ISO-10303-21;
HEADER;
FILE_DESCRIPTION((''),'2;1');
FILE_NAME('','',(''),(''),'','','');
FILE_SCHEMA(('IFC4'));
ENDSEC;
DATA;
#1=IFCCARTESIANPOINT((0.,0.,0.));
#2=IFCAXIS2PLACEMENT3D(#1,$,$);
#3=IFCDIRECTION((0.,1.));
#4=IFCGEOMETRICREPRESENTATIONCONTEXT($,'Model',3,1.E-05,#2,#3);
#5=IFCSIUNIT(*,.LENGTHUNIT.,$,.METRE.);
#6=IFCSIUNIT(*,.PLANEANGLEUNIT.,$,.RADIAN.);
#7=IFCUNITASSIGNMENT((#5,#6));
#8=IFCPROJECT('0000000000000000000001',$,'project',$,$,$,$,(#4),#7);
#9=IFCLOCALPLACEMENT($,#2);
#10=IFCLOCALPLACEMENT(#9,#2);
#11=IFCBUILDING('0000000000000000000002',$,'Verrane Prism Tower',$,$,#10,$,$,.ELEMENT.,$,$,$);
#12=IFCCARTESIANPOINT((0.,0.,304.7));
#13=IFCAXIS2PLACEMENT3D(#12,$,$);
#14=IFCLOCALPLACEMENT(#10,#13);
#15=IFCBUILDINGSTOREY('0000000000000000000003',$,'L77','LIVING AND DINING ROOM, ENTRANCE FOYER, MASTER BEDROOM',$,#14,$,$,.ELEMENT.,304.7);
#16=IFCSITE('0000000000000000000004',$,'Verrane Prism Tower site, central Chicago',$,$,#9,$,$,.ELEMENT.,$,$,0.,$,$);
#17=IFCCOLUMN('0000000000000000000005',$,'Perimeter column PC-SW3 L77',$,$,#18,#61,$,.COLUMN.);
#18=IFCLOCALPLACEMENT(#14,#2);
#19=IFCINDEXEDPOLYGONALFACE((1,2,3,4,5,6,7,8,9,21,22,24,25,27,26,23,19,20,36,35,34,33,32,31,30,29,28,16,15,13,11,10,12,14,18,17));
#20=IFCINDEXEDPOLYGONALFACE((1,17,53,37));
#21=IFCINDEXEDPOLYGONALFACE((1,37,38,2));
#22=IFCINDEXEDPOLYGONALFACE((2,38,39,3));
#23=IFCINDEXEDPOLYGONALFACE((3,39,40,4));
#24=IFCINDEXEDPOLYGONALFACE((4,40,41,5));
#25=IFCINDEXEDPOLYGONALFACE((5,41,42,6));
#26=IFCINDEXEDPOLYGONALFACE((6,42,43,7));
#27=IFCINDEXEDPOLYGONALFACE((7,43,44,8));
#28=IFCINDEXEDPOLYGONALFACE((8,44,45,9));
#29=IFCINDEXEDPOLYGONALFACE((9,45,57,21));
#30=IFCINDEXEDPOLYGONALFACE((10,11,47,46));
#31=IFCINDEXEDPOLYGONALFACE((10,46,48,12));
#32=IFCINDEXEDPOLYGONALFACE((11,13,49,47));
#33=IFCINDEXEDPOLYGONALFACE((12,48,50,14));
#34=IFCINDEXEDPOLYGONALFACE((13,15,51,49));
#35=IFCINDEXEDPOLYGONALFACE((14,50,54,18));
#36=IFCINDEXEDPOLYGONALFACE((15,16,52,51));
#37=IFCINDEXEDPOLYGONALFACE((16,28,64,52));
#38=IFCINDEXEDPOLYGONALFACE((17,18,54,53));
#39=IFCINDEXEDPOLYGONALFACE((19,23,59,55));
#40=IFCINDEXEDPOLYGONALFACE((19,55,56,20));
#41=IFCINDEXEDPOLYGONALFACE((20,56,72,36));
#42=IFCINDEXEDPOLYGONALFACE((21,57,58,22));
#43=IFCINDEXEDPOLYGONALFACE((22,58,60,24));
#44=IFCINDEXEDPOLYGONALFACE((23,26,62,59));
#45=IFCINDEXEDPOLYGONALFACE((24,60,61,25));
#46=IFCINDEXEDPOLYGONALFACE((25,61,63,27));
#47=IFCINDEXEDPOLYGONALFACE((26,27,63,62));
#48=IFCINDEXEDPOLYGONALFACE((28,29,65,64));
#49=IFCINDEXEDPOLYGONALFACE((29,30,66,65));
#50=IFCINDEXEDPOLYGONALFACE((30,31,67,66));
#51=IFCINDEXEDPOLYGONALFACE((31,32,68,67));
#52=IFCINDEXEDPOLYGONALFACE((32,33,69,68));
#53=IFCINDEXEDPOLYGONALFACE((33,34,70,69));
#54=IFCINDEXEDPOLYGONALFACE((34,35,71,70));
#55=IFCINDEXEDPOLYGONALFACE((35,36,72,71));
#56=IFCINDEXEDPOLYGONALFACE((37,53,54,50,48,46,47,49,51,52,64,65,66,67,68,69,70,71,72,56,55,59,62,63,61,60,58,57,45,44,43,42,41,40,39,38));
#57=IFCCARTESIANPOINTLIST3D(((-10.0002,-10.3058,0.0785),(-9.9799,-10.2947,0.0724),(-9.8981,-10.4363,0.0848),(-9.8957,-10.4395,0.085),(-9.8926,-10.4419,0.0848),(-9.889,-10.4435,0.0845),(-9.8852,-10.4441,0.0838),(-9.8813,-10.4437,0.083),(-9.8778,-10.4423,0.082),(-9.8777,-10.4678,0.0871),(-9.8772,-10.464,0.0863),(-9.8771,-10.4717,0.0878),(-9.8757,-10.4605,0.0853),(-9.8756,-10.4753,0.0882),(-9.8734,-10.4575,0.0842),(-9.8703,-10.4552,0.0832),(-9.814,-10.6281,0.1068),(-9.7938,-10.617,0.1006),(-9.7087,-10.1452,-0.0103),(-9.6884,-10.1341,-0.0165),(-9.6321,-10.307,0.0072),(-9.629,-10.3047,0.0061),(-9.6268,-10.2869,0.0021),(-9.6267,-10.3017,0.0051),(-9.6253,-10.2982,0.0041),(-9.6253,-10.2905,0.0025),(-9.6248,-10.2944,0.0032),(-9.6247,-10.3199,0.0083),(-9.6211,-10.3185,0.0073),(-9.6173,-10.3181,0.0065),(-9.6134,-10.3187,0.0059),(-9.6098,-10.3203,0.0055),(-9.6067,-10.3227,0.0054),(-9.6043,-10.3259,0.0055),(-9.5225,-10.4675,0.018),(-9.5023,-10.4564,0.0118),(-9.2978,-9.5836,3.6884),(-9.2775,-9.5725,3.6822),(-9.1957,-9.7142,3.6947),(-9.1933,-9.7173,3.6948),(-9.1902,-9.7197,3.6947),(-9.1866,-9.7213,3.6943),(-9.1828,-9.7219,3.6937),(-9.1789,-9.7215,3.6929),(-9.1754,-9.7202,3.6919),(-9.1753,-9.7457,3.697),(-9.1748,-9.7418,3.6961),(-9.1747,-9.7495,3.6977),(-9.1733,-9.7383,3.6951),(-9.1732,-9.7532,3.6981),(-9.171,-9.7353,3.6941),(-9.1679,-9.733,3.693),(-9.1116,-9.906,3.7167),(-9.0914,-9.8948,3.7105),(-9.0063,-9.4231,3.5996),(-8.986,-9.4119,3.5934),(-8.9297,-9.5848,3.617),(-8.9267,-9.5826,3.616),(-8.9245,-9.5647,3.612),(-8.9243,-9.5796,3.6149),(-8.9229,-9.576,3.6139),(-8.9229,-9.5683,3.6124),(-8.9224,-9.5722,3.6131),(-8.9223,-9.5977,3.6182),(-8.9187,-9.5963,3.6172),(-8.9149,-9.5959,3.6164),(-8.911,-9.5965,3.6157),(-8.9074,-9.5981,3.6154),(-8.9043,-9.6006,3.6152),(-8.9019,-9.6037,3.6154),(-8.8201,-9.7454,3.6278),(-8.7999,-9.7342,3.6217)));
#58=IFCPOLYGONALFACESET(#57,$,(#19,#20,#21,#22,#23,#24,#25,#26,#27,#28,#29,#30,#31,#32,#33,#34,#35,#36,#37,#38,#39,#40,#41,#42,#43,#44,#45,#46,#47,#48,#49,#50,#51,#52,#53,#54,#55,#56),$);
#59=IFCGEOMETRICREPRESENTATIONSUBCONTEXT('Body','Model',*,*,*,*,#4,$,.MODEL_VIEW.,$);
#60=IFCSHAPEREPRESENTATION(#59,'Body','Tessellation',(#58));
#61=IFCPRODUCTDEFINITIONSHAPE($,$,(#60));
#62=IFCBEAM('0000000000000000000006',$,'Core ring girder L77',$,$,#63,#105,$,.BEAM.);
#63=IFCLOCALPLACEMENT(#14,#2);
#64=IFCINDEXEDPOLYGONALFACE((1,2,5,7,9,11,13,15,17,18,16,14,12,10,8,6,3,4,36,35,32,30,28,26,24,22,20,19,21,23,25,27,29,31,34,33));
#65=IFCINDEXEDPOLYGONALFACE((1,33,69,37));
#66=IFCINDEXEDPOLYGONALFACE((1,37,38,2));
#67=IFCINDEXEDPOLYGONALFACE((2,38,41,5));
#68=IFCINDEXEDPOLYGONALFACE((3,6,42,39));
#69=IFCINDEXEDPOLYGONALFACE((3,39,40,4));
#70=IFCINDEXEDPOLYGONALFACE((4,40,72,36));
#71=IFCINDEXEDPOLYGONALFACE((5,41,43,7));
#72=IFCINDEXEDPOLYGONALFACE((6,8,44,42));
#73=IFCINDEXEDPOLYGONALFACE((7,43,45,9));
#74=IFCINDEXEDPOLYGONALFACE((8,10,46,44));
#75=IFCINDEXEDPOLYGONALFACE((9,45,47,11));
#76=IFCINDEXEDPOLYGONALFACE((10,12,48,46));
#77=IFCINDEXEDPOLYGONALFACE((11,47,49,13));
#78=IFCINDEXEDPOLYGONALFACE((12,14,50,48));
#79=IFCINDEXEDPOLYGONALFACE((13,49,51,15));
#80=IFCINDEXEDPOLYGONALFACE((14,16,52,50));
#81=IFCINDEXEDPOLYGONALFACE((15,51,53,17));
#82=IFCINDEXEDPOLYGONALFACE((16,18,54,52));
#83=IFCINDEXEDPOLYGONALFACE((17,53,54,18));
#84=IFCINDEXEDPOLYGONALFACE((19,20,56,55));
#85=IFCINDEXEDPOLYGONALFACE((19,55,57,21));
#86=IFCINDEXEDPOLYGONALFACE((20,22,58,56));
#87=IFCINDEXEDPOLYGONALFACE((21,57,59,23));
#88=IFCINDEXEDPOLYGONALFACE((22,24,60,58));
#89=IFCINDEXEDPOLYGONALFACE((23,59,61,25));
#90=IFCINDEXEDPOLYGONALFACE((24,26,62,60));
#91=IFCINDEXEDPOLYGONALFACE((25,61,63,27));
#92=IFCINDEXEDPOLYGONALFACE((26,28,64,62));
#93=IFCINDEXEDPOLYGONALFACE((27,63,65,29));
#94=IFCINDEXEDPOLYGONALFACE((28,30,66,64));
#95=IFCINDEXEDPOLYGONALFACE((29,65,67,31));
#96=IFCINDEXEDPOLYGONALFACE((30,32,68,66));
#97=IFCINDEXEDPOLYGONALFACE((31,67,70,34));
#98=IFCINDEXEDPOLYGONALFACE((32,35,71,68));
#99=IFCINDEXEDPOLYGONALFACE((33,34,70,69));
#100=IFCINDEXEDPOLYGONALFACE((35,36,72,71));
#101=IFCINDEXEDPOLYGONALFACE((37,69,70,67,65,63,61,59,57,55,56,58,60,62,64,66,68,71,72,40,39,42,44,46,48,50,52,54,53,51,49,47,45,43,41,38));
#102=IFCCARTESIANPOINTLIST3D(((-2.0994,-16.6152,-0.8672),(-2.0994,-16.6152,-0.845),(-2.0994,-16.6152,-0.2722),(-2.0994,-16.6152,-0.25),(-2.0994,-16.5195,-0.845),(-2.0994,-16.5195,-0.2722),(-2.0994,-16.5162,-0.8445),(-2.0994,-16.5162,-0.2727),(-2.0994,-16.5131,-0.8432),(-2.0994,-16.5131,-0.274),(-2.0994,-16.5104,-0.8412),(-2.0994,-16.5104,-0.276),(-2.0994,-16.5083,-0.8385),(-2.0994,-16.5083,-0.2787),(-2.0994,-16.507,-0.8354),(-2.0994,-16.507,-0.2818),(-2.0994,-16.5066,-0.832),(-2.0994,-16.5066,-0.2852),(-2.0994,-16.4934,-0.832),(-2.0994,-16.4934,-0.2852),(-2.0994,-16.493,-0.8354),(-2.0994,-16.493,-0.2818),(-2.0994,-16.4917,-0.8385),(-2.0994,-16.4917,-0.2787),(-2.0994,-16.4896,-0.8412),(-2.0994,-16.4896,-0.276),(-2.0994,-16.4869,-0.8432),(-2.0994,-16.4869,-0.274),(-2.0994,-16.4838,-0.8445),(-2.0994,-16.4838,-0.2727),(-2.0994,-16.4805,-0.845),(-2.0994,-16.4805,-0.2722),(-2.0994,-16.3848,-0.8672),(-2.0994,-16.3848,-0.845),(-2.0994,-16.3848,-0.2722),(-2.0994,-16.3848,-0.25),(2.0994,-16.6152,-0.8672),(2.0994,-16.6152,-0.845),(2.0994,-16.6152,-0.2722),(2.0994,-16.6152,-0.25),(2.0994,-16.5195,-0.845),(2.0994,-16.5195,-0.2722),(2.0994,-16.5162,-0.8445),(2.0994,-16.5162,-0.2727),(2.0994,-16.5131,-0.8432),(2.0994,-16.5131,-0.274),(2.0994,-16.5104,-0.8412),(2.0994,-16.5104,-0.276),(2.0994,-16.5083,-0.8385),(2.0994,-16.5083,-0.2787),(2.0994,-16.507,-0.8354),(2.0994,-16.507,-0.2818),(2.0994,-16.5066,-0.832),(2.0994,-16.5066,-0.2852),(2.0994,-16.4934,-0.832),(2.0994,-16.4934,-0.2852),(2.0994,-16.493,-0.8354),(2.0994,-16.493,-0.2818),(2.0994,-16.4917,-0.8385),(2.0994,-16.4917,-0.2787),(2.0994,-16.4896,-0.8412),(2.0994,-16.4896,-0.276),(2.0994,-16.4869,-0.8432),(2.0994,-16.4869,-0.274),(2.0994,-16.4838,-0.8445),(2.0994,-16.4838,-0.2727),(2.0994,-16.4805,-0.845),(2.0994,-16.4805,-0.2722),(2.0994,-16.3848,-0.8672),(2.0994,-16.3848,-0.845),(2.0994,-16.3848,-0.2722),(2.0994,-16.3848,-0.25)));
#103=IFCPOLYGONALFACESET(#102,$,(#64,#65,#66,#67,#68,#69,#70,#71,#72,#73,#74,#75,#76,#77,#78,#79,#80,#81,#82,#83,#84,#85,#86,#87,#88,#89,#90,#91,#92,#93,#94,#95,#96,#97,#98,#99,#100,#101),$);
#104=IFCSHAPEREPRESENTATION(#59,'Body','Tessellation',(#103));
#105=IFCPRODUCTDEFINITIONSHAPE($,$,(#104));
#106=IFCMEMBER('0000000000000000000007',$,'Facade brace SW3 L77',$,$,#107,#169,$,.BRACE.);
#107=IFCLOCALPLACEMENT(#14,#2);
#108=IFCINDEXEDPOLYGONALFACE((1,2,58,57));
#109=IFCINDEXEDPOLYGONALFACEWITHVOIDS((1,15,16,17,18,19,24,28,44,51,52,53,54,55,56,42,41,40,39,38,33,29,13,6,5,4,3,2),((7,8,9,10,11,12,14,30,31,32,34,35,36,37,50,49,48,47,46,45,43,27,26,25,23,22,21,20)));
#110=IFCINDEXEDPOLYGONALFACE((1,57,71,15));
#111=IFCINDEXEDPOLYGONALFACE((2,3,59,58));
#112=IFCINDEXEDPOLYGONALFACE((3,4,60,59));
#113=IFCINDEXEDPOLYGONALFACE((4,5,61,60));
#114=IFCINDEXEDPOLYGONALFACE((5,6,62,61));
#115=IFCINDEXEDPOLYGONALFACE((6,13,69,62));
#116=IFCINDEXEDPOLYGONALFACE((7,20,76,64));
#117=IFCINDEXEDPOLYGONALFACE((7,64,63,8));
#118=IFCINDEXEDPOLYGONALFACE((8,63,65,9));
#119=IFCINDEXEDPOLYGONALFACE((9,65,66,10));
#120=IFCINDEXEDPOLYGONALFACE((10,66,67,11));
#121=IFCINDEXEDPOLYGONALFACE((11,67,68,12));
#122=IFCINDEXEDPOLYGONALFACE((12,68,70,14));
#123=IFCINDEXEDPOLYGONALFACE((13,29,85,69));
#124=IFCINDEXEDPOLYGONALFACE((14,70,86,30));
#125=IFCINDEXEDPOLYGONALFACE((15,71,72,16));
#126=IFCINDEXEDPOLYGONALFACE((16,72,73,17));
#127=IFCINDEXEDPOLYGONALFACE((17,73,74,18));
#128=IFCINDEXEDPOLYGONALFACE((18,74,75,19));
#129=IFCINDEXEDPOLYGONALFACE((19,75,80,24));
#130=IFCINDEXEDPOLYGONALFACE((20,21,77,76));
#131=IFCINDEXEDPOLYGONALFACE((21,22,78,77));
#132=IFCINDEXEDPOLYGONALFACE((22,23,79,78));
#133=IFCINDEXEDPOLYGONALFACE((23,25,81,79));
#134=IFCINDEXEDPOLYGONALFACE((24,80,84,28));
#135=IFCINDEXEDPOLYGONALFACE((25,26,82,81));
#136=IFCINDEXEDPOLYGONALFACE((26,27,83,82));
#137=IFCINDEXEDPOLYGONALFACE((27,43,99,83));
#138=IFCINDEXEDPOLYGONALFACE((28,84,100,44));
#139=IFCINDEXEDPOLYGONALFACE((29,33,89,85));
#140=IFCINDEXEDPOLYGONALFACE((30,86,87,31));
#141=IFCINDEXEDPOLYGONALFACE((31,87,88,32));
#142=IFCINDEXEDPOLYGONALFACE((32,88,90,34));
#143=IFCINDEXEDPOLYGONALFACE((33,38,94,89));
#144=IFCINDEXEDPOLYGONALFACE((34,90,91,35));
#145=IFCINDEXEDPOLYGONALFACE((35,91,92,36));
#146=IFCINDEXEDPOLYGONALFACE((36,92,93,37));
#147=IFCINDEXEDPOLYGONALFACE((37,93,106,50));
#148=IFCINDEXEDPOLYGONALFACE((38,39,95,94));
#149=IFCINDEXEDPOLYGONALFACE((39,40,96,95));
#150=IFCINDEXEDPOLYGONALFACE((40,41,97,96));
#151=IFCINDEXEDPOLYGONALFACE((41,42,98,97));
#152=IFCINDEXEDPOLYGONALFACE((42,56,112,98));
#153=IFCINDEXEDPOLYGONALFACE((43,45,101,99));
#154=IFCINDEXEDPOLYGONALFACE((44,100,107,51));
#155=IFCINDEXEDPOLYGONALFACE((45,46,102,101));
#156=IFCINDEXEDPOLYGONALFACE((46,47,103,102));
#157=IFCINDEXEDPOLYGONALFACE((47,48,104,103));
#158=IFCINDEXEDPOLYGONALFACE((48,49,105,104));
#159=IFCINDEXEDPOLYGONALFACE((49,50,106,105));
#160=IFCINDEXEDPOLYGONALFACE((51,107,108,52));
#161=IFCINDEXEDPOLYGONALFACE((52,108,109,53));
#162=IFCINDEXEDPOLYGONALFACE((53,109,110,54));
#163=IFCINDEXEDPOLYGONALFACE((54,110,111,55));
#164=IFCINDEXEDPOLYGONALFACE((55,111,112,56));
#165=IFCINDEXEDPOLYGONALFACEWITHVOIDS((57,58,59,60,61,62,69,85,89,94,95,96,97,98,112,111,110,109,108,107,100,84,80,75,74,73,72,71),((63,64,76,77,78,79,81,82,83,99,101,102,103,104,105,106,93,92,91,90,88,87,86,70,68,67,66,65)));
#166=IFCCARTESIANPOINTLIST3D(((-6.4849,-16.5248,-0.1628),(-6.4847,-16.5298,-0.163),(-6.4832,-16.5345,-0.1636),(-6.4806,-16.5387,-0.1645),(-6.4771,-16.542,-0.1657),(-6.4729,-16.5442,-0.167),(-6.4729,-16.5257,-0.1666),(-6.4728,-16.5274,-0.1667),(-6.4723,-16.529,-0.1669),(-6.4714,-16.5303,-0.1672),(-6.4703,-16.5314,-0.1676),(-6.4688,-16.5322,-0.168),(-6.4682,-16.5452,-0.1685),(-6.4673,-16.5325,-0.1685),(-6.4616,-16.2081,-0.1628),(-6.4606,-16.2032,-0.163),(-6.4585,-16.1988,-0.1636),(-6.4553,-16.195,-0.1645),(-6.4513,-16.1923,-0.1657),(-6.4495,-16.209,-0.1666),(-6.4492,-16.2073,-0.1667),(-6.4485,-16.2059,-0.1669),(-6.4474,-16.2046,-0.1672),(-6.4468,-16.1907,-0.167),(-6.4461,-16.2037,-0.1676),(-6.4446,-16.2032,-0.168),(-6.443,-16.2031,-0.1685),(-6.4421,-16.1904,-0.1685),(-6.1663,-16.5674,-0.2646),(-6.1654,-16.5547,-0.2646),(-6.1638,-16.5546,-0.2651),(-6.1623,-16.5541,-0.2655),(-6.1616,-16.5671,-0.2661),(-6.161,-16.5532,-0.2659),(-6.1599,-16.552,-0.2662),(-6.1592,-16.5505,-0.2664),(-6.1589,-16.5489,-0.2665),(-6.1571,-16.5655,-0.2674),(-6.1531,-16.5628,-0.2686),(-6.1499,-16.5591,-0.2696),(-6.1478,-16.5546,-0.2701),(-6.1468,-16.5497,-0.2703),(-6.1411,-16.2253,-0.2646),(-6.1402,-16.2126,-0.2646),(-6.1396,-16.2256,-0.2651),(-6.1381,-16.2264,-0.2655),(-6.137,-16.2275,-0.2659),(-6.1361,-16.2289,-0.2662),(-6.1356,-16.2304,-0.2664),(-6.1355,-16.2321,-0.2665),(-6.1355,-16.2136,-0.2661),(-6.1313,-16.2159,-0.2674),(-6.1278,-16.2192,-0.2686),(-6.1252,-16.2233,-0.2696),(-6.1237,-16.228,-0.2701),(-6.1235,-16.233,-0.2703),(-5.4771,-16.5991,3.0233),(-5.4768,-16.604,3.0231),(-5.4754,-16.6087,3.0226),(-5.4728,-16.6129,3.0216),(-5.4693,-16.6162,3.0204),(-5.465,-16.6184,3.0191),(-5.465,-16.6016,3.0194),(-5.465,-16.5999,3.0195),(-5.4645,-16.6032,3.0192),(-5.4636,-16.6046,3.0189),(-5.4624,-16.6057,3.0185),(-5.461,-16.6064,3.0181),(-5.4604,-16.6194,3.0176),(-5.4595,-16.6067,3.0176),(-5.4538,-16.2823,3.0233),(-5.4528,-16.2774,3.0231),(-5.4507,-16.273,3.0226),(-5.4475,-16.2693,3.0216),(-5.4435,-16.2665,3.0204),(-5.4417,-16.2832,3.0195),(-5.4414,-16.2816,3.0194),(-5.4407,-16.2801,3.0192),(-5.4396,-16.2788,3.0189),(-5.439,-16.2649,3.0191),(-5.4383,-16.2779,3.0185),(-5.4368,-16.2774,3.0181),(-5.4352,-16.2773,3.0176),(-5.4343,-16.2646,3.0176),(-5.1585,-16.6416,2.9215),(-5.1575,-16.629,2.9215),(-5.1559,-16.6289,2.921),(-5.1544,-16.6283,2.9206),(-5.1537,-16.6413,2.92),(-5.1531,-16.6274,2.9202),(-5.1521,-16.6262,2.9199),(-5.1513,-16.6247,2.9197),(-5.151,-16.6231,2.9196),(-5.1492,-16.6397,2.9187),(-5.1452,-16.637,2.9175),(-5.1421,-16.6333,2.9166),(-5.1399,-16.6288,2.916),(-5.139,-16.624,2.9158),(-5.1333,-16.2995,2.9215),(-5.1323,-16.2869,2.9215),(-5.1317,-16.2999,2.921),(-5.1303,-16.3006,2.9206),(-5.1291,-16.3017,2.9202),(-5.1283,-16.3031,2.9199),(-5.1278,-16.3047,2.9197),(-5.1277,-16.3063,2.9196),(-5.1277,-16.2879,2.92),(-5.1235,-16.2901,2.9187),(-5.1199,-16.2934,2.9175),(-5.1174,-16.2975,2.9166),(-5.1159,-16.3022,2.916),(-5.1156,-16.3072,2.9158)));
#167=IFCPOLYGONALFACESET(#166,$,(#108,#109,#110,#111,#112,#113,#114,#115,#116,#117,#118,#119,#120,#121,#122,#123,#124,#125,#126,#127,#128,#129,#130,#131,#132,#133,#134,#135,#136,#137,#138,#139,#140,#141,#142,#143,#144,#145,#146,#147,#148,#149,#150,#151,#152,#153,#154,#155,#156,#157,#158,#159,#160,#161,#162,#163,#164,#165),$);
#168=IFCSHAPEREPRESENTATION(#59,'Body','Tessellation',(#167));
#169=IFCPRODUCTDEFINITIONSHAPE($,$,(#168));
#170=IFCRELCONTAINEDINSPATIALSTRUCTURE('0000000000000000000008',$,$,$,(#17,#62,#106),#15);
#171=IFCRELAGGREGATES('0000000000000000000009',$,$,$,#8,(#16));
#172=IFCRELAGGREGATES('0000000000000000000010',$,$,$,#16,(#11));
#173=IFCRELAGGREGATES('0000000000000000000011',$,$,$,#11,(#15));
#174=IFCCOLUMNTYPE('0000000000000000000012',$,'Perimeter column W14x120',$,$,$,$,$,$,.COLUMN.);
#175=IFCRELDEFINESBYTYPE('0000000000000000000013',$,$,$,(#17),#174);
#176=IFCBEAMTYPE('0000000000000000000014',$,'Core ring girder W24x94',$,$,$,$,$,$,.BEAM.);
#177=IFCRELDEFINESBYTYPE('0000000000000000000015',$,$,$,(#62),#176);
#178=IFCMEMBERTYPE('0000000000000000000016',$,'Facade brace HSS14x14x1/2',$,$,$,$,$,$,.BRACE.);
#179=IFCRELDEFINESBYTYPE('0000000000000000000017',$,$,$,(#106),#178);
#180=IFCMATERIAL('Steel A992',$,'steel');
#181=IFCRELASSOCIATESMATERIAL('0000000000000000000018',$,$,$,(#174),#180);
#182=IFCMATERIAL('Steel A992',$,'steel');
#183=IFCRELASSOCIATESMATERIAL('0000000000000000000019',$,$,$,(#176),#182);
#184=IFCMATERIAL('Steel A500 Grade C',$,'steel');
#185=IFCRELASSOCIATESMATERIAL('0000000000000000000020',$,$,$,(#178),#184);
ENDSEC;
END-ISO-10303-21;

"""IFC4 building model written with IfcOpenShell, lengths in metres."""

from ifc_helpers import new_model, si_unit, direction, frame, origin, origin_2d, place, context, subcontext, project, spatial, hollow_rectangle, i_section, extrude, material, material_profile, profile_set, type_object, element, save


model = new_model("IFC4")

# Units and contexts
model_context = context("Model", 3, precision=1e-05, world=origin(), true_north=direction((0.0, 1.0)))
body_context = subcontext(model_context, "Body", "Model", "MODEL_VIEW")
ifc_project = project(units=[si_unit("LENGTHUNIT", "METRE"), si_unit("PLANEANGLEUNIT", "RADIAN")], contexts=[model_context])

# Site, building, storey
site_placement = place(None, origin())
site = spatial("IfcSite", under=ifc_project, at=site_placement, Name="Verrane Prism Tower site, central Chicago", CompositionType="ELEMENT", RefElevation=0.0)
building_placement = place(site_placement, origin())
building = spatial("IfcBuilding", under=site, at=building_placement, Name="Verrane Prism Tower", CompositionType="ELEMENT")
storey_placement = place(building_placement, frame((0.0, 0.0, 304.7)))
storey = spatial("IfcBuildingStorey", under=building, at=storey_placement, Name="L77", Description="LIVING AND DINING ROOM, ENTRANCE FOYER, MASTER BEDROOM", CompositionType="ELEMENT", Elevation=304.7)

# Column
ifc_material_1 = material(Name="Steel A992", Category="steel")
ifc_material_profile_1 = material_profile(ifc_material_1, i_section(OverallWidth=0.3733, OverallDepth=0.3684, WebThickness=0.0149, FlangeThickness=0.0239, FilletRadius=0.0151, at=origin_2d()), Name="W14x120")
ifc_profile_set_1 = profile_set([ifc_material_profile_1], Name="Steel A992")
column_type = type_object("IfcColumnType", Name="Perimeter column W14x120", PredefinedType="COLUMN", material=ifc_profile_set_1)
column_placement = place(storey_placement, frame((-9.7512, -10.3811, 0.0452), z_axis=(0.187415, 0.192691, 0.963196), x_axis=(-0.498725, 0.863449, -0.075697)))
element("IfcColumn", 1, at=column_placement, inside=storey, type_object=column_type, Name="Perimeter column PC-SW3 L77", PredefinedType="COLUMN", context=body_context, shape_type="SweptSolid", body=[
    extrude(i_section(OverallWidth=0.3733, OverallDepth=0.3684, WebThickness=0.0149, FlangeThickness=0.0239, FilletRadius=0.0151, at=origin_2d()), origin(), (0.0, 0.0, 1.0), 3.7478),
])

# Beam
ifc_material_2 = material(Name="Steel A992", Category="steel")
ifc_material_profile_2 = material_profile(ifc_material_2, i_section(OverallWidth=0.2305, OverallDepth=0.6172, WebThickness=0.0132, FlangeThickness=0.0222, FilletRadius=0.0129, at=origin_2d()), Name="W24x94")
ifc_profile_set_2 = profile_set([ifc_material_profile_2], Name="Steel A992")
beam_type_1 = type_object("IfcBeamType", Name="Core ring girder W24x94", PredefinedType="BEAM", material=ifc_profile_set_2)
beam_1_placement = place(storey_placement, frame((-2.0994, -16.5, -0.5586), z_axis=(1.0, 0.0, 0.0), x_axis=(0.0, 1.0, 0.0)))
element("IfcBeam", 2, at=beam_1_placement, inside=storey, type_object=beam_type_1, Name="Core ring girder L77", PredefinedType="BEAM", context=body_context, shape_type="SweptSolid", body=[
    extrude(i_section(OverallWidth=0.2305, OverallDepth=0.6172, WebThickness=0.0132, FlangeThickness=0.0222, FilletRadius=0.0129, at=origin_2d()), origin(), (0.0, 0.0, 1.0), 4.1987),
])

# Member
ifc_material_3 = material(Name="Steel A500 Grade C", Category="steel")
ifc_material_profile_3 = material_profile(ifc_material_3, hollow_rectangle(XDim=0.3557, YDim=0.3557, WallThickness=0.0127, InnerFilletRadius=0.0063, OuterFilletRadius=0.019, at=origin_2d()), Name="HSS14x14x1/2")
ifc_profile_set_3 = profile_set([ifc_material_profile_3], Name="Steel A500 Grade C")
member_type_1 = type_object("IfcMemberType", Name="Facade brace HSS14x14x1/2", PredefinedType="BRACE", material=ifc_profile_set_3)
member_1_placement = place(storey_placement, frame((-6.3042, -16.3789, -0.2166), z_axis=(0.301519, -0.022205, 0.953202), x_axis=(0.073445, 0.997299, 0.0)))
element("IfcMember", 3, at=member_1_placement, inside=storey, type_object=member_type_1, Name="Facade brace SW3 L77", PredefinedType="BRACE", context=body_context, shape_type="SweptSolid", body=[
    extrude(hollow_rectangle(XDim=0.3557, YDim=0.3557, WallThickness=0.0127, InnerFilletRadius=0.0063, OuterFilletRadius=0.019, at=origin_2d()), origin(), (0.0, 0.0, 1.0), 3.3425),
])

save(model, "model.ifc")
